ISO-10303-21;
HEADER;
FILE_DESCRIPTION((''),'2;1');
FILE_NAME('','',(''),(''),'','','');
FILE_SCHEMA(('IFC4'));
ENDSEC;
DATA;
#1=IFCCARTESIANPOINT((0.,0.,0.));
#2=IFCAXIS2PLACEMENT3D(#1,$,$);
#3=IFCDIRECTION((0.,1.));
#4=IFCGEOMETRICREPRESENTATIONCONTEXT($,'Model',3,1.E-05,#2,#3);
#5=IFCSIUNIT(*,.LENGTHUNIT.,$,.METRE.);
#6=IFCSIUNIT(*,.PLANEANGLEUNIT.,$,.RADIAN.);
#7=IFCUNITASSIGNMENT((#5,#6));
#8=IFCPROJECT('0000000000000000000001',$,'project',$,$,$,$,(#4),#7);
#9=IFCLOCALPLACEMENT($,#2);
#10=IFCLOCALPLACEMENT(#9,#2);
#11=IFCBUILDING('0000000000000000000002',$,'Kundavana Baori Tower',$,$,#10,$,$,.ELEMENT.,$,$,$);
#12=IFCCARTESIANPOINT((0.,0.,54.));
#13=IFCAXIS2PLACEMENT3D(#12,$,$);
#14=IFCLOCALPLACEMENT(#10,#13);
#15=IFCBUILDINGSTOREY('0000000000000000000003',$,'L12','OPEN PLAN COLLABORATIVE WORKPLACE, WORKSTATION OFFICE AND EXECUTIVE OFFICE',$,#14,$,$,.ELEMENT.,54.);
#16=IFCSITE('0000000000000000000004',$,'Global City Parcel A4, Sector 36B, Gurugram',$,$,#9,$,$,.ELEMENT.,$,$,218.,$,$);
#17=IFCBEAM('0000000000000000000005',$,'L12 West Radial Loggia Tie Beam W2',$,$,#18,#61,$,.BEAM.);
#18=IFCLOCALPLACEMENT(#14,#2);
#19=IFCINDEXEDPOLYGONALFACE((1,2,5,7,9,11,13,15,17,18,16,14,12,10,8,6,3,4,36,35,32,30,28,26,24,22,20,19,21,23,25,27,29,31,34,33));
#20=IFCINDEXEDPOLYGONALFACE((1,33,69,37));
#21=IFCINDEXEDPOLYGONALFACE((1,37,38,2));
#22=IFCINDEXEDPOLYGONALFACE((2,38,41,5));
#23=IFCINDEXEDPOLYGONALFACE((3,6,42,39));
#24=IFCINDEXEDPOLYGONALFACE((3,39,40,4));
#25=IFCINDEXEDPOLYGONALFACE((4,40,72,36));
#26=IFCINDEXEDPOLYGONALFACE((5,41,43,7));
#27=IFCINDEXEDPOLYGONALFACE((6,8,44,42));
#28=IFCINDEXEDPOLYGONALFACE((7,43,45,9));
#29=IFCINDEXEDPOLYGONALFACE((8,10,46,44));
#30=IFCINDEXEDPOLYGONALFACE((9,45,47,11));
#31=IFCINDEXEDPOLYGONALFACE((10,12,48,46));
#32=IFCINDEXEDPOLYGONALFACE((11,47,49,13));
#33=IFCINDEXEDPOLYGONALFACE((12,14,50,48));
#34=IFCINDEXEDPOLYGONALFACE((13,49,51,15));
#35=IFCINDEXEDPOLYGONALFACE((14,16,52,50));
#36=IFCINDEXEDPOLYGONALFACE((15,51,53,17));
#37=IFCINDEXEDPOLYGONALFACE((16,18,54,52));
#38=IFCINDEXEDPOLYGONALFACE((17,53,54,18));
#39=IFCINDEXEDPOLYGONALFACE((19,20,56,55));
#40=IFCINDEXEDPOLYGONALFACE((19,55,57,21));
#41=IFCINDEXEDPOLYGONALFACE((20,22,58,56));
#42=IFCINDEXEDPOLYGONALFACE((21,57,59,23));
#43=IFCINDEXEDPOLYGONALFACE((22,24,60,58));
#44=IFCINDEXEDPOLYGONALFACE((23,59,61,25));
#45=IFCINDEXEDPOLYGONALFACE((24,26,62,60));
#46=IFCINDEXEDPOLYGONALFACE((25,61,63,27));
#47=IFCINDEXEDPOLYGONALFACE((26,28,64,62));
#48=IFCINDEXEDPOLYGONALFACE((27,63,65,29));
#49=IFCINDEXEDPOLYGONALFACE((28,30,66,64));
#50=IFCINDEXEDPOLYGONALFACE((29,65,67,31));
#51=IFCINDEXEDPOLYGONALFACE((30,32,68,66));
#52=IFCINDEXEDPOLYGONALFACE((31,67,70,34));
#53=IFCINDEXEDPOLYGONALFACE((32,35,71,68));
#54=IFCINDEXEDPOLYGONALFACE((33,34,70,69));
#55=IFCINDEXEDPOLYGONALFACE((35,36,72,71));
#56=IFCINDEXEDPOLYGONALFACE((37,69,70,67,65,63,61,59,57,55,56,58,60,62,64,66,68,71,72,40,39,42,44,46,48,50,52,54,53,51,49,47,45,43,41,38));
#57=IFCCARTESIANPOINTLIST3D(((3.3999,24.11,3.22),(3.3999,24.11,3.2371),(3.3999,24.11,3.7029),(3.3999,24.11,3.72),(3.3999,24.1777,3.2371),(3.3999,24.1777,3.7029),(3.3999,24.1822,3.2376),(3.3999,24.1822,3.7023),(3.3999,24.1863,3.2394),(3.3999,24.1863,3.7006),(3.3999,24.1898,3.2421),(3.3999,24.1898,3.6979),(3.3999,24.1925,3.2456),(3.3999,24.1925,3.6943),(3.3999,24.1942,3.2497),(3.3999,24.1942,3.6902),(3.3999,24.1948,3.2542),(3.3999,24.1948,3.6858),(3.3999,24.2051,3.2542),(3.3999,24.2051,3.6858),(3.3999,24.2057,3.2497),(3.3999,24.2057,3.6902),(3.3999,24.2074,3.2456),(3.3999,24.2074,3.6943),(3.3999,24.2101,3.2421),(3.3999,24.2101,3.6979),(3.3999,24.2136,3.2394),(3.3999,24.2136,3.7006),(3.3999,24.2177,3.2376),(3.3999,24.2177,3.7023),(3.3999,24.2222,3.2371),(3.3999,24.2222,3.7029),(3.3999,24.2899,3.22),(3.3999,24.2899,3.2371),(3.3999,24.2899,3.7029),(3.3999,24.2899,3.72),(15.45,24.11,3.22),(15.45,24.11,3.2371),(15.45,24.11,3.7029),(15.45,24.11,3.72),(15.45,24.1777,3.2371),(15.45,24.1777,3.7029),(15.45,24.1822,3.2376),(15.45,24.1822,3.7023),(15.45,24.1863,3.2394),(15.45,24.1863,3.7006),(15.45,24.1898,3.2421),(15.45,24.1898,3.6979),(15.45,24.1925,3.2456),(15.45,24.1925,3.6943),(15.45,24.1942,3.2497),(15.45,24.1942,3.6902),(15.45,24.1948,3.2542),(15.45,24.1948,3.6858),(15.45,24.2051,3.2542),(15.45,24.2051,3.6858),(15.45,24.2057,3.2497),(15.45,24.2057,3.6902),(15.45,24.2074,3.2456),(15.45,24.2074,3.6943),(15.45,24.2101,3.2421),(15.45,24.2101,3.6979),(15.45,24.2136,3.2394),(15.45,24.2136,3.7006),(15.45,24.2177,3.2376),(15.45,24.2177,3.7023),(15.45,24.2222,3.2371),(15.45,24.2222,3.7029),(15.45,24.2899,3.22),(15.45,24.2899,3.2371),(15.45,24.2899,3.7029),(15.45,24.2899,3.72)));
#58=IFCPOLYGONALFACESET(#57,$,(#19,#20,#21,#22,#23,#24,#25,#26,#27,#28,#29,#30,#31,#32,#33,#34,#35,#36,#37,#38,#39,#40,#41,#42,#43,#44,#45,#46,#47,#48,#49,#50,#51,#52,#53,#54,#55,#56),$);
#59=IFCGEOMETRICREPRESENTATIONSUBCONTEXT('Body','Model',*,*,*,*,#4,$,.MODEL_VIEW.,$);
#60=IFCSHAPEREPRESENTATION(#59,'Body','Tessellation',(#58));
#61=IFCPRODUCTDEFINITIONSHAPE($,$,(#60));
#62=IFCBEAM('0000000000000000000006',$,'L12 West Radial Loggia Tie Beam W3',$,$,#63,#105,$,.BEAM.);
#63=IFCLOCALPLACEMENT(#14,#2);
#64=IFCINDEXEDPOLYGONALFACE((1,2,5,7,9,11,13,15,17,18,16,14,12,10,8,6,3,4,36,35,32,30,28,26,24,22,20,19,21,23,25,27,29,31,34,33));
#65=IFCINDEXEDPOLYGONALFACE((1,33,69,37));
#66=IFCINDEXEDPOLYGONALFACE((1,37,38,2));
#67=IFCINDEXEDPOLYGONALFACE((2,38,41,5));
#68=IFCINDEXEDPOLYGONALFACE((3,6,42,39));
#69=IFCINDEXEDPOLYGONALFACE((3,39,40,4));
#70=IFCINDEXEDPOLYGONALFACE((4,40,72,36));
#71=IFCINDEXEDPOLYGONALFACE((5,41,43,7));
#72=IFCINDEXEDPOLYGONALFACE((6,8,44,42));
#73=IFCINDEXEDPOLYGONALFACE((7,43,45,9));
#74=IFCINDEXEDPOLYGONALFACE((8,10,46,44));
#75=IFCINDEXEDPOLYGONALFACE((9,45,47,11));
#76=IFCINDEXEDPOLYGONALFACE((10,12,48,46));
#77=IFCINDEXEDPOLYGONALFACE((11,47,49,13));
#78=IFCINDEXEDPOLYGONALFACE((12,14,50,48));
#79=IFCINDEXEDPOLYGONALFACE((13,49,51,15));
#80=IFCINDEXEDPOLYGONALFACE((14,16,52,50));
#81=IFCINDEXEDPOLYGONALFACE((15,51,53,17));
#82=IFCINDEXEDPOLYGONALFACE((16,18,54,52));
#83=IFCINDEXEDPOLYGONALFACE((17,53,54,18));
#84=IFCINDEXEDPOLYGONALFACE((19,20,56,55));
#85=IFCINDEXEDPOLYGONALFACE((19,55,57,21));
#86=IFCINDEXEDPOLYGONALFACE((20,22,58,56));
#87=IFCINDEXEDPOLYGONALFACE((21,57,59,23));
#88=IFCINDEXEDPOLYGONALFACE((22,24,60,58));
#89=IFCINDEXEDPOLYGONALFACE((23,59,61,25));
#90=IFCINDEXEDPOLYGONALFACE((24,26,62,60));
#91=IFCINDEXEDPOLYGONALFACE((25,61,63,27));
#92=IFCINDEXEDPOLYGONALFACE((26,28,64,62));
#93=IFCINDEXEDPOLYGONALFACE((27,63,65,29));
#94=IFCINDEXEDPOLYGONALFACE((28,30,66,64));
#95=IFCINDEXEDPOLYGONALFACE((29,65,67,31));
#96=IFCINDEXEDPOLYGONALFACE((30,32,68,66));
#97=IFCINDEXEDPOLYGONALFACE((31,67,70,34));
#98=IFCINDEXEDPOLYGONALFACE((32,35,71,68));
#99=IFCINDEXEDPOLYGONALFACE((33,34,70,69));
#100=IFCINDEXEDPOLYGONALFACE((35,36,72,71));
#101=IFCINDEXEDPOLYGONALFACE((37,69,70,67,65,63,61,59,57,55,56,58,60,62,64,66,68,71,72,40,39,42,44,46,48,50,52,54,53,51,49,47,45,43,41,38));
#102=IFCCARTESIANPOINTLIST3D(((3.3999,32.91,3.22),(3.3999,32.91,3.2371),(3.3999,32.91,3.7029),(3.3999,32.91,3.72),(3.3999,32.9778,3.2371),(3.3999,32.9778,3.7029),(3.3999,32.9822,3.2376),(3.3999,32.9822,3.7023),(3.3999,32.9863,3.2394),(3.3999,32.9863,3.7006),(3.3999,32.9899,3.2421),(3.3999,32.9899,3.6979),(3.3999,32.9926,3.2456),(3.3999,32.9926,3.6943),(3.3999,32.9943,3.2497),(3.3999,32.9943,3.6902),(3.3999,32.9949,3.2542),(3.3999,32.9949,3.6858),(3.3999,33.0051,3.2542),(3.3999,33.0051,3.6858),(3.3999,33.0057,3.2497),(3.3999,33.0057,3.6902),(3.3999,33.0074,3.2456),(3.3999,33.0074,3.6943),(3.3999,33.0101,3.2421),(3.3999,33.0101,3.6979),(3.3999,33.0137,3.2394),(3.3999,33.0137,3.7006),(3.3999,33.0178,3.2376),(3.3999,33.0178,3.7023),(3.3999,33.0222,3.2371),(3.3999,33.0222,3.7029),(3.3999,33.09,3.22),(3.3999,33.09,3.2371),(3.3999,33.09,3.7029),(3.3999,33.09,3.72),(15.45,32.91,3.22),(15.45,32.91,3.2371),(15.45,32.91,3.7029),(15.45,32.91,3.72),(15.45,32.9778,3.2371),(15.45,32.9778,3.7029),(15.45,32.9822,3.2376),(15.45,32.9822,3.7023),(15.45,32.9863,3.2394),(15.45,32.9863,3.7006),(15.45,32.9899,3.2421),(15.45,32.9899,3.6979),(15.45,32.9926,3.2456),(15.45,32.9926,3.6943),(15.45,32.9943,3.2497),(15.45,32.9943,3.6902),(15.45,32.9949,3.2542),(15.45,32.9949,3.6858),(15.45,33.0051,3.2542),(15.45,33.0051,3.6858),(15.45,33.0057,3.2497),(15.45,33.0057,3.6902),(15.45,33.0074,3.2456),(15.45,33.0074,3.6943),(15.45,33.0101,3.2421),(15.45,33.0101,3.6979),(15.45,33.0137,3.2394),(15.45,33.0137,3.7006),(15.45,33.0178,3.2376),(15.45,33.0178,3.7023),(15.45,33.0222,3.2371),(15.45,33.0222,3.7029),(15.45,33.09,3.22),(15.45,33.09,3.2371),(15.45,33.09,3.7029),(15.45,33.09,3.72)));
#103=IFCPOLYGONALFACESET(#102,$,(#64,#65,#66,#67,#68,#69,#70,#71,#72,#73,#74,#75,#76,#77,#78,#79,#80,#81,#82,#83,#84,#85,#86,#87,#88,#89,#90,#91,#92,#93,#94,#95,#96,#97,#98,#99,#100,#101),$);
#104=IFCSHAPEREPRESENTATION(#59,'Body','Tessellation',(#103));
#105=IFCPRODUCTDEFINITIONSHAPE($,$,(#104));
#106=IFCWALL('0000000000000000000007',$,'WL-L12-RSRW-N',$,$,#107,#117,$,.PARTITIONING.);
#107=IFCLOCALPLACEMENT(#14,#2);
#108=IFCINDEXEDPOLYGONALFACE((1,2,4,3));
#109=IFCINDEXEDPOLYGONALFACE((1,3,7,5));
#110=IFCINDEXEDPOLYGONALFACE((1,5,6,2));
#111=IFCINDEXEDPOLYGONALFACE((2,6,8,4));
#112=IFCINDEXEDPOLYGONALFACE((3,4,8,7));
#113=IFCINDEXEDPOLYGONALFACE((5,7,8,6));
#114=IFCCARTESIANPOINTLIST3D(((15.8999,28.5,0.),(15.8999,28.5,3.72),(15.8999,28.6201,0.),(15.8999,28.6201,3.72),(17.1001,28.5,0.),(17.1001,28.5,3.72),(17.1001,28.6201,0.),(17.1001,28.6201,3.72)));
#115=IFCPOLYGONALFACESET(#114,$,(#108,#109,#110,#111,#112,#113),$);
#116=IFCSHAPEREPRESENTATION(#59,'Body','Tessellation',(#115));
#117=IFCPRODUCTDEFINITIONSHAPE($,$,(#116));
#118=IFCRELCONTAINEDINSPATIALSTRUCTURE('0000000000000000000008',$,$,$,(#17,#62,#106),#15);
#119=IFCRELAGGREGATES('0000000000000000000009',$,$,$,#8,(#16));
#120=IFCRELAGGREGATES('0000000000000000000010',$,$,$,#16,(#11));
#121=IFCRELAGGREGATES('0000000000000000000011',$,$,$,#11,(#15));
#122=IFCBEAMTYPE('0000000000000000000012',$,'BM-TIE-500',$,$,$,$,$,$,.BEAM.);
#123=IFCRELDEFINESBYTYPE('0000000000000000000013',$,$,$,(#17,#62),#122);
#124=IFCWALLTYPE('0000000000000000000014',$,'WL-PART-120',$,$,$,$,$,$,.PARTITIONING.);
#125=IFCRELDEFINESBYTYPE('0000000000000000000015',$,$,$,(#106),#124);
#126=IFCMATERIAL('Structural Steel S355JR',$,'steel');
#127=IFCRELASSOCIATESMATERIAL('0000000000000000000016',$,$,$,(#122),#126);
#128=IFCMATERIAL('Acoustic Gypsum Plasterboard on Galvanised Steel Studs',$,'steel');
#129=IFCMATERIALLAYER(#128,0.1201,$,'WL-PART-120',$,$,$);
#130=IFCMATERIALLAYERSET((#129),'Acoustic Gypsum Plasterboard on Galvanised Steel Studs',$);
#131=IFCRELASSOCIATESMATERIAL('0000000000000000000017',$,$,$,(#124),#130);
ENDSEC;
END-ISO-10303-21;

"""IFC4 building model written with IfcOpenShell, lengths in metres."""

from ifc_helpers import new_model, si_unit, direction, frame, frame_2d, origin, origin_2d, place, context, subcontext, project, spatial, rectangle, i_section, extrude, material, layer, layer_set, material_profile, profile_set, type_object, element, save


model = new_model("IFC4")

# Units and contexts
model_context = context("Model", 3, precision=1e-05, world=origin(), true_north=direction((0.0, 1.0)))
body_context = subcontext(model_context, "Body", "Model", "MODEL_VIEW")
ifc_project = project(units=[si_unit("LENGTHUNIT", "METRE"), si_unit("PLANEANGLEUNIT", "RADIAN")], contexts=[model_context])

# Site, building, storey
site_placement = place(None, origin())
site = spatial("IfcSite", under=ifc_project, at=site_placement, Name="Global City Parcel A4, Sector 36B, Gurugram", CompositionType="ELEMENT", RefElevation=218.0)
building_placement = place(site_placement, origin())
building = spatial("IfcBuilding", under=site, at=building_placement, Name="Kundavana Baori Tower", CompositionType="ELEMENT")
storey_placement = place(building_placement, frame((0.0, 0.0, 54.0)))
storey = spatial("IfcBuildingStorey", under=building, at=storey_placement, Name="L12", Description="OPEN PLAN COLLABORATIVE WORKPLACE, WORKSTATION OFFICE AND EXECUTIVE OFFICE", CompositionType="ELEMENT", Elevation=54.0)

# Beams
ifc_material_1 = material(Name="Structural Steel S355JR", Category="steel")
ifc_material_profile_1 = material_profile(ifc_material_1, i_section(OverallWidth=0.1799, OverallDepth=0.5, WebThickness=0.0103, FlangeThickness=0.0171, FilletRadius=0.0171, at=origin_2d()), Name="ISMB 500")
ifc_profile_set_1 = profile_set([ifc_material_profile_1], Name="Structural Steel S355JR")
beam_type_1 = type_object("IfcBeamType", Name="BM-TIE-500", PredefinedType="BEAM", material=ifc_profile_set_1)
for number, where, z_axis, x_axis, name in (
    (1, (15.45, 24.2, 3.47), (-1.0, 0.0, 0.0), (0.0, -1.0, 0.0), "L12 West Radial Loggia Tie Beam W2"),
    (2, (15.45, 33.0, 3.47), (-1.0, 0.0, 0.0), (0.0, -1.0, 0.0), "L12 West Radial Loggia Tie Beam W3"),
):
    element("IfcBeam", number, at=place(storey_placement, frame(where, z_axis=z_axis, x_axis=x_axis)), inside=storey, type_object=beam_type_1, Name=name, PredefinedType="BEAM", context=body_context, shape_type="SweptSolid", body=[
        extrude(i_section(OverallWidth=0.1799, OverallDepth=0.5, WebThickness=0.0103, FlangeThickness=0.0171, FilletRadius=0.0171, at=origin_2d()), origin(), (0.0, 0.0, 1.0), 12.05),
    ])

# Wall
ifc_material_2 = material(Name="Acoustic Gypsum Plasterboard on Galvanised Steel Studs", Category="steel")
ifc_layer_1 = layer(ifc_material_2, 0.1201, Name="WL-PART-120")
ifc_layer_set_1 = layer_set([ifc_layer_1], Name="Acoustic Gypsum Plasterboard on Galvanised Steel Studs")
wall_type_1 = type_object("IfcWallType", Name="WL-PART-120", PredefinedType="PARTITIONING", material=ifc_layer_set_1)
wall_1_placement = place(storey_placement, frame((15.8999, 28.5601, 0.0), z_axis=(0.0, 0.0, 1.0), x_axis=(1.0, 0.0, 0.0)))
element("IfcWall", 3, at=wall_1_placement, inside=storey, type_object=wall_type_1, Name="WL-L12-RSRW-N", PredefinedType="PARTITIONING", context=body_context, shape_type="SweptSolid", body=[
    extrude(rectangle(XDim=1.2002, YDim=0.1201, at=frame_2d((0.6001, 0.0))), origin(), (0.0, 0.0, 1.0), 3.72),
])

save(model, "model.ifc")
